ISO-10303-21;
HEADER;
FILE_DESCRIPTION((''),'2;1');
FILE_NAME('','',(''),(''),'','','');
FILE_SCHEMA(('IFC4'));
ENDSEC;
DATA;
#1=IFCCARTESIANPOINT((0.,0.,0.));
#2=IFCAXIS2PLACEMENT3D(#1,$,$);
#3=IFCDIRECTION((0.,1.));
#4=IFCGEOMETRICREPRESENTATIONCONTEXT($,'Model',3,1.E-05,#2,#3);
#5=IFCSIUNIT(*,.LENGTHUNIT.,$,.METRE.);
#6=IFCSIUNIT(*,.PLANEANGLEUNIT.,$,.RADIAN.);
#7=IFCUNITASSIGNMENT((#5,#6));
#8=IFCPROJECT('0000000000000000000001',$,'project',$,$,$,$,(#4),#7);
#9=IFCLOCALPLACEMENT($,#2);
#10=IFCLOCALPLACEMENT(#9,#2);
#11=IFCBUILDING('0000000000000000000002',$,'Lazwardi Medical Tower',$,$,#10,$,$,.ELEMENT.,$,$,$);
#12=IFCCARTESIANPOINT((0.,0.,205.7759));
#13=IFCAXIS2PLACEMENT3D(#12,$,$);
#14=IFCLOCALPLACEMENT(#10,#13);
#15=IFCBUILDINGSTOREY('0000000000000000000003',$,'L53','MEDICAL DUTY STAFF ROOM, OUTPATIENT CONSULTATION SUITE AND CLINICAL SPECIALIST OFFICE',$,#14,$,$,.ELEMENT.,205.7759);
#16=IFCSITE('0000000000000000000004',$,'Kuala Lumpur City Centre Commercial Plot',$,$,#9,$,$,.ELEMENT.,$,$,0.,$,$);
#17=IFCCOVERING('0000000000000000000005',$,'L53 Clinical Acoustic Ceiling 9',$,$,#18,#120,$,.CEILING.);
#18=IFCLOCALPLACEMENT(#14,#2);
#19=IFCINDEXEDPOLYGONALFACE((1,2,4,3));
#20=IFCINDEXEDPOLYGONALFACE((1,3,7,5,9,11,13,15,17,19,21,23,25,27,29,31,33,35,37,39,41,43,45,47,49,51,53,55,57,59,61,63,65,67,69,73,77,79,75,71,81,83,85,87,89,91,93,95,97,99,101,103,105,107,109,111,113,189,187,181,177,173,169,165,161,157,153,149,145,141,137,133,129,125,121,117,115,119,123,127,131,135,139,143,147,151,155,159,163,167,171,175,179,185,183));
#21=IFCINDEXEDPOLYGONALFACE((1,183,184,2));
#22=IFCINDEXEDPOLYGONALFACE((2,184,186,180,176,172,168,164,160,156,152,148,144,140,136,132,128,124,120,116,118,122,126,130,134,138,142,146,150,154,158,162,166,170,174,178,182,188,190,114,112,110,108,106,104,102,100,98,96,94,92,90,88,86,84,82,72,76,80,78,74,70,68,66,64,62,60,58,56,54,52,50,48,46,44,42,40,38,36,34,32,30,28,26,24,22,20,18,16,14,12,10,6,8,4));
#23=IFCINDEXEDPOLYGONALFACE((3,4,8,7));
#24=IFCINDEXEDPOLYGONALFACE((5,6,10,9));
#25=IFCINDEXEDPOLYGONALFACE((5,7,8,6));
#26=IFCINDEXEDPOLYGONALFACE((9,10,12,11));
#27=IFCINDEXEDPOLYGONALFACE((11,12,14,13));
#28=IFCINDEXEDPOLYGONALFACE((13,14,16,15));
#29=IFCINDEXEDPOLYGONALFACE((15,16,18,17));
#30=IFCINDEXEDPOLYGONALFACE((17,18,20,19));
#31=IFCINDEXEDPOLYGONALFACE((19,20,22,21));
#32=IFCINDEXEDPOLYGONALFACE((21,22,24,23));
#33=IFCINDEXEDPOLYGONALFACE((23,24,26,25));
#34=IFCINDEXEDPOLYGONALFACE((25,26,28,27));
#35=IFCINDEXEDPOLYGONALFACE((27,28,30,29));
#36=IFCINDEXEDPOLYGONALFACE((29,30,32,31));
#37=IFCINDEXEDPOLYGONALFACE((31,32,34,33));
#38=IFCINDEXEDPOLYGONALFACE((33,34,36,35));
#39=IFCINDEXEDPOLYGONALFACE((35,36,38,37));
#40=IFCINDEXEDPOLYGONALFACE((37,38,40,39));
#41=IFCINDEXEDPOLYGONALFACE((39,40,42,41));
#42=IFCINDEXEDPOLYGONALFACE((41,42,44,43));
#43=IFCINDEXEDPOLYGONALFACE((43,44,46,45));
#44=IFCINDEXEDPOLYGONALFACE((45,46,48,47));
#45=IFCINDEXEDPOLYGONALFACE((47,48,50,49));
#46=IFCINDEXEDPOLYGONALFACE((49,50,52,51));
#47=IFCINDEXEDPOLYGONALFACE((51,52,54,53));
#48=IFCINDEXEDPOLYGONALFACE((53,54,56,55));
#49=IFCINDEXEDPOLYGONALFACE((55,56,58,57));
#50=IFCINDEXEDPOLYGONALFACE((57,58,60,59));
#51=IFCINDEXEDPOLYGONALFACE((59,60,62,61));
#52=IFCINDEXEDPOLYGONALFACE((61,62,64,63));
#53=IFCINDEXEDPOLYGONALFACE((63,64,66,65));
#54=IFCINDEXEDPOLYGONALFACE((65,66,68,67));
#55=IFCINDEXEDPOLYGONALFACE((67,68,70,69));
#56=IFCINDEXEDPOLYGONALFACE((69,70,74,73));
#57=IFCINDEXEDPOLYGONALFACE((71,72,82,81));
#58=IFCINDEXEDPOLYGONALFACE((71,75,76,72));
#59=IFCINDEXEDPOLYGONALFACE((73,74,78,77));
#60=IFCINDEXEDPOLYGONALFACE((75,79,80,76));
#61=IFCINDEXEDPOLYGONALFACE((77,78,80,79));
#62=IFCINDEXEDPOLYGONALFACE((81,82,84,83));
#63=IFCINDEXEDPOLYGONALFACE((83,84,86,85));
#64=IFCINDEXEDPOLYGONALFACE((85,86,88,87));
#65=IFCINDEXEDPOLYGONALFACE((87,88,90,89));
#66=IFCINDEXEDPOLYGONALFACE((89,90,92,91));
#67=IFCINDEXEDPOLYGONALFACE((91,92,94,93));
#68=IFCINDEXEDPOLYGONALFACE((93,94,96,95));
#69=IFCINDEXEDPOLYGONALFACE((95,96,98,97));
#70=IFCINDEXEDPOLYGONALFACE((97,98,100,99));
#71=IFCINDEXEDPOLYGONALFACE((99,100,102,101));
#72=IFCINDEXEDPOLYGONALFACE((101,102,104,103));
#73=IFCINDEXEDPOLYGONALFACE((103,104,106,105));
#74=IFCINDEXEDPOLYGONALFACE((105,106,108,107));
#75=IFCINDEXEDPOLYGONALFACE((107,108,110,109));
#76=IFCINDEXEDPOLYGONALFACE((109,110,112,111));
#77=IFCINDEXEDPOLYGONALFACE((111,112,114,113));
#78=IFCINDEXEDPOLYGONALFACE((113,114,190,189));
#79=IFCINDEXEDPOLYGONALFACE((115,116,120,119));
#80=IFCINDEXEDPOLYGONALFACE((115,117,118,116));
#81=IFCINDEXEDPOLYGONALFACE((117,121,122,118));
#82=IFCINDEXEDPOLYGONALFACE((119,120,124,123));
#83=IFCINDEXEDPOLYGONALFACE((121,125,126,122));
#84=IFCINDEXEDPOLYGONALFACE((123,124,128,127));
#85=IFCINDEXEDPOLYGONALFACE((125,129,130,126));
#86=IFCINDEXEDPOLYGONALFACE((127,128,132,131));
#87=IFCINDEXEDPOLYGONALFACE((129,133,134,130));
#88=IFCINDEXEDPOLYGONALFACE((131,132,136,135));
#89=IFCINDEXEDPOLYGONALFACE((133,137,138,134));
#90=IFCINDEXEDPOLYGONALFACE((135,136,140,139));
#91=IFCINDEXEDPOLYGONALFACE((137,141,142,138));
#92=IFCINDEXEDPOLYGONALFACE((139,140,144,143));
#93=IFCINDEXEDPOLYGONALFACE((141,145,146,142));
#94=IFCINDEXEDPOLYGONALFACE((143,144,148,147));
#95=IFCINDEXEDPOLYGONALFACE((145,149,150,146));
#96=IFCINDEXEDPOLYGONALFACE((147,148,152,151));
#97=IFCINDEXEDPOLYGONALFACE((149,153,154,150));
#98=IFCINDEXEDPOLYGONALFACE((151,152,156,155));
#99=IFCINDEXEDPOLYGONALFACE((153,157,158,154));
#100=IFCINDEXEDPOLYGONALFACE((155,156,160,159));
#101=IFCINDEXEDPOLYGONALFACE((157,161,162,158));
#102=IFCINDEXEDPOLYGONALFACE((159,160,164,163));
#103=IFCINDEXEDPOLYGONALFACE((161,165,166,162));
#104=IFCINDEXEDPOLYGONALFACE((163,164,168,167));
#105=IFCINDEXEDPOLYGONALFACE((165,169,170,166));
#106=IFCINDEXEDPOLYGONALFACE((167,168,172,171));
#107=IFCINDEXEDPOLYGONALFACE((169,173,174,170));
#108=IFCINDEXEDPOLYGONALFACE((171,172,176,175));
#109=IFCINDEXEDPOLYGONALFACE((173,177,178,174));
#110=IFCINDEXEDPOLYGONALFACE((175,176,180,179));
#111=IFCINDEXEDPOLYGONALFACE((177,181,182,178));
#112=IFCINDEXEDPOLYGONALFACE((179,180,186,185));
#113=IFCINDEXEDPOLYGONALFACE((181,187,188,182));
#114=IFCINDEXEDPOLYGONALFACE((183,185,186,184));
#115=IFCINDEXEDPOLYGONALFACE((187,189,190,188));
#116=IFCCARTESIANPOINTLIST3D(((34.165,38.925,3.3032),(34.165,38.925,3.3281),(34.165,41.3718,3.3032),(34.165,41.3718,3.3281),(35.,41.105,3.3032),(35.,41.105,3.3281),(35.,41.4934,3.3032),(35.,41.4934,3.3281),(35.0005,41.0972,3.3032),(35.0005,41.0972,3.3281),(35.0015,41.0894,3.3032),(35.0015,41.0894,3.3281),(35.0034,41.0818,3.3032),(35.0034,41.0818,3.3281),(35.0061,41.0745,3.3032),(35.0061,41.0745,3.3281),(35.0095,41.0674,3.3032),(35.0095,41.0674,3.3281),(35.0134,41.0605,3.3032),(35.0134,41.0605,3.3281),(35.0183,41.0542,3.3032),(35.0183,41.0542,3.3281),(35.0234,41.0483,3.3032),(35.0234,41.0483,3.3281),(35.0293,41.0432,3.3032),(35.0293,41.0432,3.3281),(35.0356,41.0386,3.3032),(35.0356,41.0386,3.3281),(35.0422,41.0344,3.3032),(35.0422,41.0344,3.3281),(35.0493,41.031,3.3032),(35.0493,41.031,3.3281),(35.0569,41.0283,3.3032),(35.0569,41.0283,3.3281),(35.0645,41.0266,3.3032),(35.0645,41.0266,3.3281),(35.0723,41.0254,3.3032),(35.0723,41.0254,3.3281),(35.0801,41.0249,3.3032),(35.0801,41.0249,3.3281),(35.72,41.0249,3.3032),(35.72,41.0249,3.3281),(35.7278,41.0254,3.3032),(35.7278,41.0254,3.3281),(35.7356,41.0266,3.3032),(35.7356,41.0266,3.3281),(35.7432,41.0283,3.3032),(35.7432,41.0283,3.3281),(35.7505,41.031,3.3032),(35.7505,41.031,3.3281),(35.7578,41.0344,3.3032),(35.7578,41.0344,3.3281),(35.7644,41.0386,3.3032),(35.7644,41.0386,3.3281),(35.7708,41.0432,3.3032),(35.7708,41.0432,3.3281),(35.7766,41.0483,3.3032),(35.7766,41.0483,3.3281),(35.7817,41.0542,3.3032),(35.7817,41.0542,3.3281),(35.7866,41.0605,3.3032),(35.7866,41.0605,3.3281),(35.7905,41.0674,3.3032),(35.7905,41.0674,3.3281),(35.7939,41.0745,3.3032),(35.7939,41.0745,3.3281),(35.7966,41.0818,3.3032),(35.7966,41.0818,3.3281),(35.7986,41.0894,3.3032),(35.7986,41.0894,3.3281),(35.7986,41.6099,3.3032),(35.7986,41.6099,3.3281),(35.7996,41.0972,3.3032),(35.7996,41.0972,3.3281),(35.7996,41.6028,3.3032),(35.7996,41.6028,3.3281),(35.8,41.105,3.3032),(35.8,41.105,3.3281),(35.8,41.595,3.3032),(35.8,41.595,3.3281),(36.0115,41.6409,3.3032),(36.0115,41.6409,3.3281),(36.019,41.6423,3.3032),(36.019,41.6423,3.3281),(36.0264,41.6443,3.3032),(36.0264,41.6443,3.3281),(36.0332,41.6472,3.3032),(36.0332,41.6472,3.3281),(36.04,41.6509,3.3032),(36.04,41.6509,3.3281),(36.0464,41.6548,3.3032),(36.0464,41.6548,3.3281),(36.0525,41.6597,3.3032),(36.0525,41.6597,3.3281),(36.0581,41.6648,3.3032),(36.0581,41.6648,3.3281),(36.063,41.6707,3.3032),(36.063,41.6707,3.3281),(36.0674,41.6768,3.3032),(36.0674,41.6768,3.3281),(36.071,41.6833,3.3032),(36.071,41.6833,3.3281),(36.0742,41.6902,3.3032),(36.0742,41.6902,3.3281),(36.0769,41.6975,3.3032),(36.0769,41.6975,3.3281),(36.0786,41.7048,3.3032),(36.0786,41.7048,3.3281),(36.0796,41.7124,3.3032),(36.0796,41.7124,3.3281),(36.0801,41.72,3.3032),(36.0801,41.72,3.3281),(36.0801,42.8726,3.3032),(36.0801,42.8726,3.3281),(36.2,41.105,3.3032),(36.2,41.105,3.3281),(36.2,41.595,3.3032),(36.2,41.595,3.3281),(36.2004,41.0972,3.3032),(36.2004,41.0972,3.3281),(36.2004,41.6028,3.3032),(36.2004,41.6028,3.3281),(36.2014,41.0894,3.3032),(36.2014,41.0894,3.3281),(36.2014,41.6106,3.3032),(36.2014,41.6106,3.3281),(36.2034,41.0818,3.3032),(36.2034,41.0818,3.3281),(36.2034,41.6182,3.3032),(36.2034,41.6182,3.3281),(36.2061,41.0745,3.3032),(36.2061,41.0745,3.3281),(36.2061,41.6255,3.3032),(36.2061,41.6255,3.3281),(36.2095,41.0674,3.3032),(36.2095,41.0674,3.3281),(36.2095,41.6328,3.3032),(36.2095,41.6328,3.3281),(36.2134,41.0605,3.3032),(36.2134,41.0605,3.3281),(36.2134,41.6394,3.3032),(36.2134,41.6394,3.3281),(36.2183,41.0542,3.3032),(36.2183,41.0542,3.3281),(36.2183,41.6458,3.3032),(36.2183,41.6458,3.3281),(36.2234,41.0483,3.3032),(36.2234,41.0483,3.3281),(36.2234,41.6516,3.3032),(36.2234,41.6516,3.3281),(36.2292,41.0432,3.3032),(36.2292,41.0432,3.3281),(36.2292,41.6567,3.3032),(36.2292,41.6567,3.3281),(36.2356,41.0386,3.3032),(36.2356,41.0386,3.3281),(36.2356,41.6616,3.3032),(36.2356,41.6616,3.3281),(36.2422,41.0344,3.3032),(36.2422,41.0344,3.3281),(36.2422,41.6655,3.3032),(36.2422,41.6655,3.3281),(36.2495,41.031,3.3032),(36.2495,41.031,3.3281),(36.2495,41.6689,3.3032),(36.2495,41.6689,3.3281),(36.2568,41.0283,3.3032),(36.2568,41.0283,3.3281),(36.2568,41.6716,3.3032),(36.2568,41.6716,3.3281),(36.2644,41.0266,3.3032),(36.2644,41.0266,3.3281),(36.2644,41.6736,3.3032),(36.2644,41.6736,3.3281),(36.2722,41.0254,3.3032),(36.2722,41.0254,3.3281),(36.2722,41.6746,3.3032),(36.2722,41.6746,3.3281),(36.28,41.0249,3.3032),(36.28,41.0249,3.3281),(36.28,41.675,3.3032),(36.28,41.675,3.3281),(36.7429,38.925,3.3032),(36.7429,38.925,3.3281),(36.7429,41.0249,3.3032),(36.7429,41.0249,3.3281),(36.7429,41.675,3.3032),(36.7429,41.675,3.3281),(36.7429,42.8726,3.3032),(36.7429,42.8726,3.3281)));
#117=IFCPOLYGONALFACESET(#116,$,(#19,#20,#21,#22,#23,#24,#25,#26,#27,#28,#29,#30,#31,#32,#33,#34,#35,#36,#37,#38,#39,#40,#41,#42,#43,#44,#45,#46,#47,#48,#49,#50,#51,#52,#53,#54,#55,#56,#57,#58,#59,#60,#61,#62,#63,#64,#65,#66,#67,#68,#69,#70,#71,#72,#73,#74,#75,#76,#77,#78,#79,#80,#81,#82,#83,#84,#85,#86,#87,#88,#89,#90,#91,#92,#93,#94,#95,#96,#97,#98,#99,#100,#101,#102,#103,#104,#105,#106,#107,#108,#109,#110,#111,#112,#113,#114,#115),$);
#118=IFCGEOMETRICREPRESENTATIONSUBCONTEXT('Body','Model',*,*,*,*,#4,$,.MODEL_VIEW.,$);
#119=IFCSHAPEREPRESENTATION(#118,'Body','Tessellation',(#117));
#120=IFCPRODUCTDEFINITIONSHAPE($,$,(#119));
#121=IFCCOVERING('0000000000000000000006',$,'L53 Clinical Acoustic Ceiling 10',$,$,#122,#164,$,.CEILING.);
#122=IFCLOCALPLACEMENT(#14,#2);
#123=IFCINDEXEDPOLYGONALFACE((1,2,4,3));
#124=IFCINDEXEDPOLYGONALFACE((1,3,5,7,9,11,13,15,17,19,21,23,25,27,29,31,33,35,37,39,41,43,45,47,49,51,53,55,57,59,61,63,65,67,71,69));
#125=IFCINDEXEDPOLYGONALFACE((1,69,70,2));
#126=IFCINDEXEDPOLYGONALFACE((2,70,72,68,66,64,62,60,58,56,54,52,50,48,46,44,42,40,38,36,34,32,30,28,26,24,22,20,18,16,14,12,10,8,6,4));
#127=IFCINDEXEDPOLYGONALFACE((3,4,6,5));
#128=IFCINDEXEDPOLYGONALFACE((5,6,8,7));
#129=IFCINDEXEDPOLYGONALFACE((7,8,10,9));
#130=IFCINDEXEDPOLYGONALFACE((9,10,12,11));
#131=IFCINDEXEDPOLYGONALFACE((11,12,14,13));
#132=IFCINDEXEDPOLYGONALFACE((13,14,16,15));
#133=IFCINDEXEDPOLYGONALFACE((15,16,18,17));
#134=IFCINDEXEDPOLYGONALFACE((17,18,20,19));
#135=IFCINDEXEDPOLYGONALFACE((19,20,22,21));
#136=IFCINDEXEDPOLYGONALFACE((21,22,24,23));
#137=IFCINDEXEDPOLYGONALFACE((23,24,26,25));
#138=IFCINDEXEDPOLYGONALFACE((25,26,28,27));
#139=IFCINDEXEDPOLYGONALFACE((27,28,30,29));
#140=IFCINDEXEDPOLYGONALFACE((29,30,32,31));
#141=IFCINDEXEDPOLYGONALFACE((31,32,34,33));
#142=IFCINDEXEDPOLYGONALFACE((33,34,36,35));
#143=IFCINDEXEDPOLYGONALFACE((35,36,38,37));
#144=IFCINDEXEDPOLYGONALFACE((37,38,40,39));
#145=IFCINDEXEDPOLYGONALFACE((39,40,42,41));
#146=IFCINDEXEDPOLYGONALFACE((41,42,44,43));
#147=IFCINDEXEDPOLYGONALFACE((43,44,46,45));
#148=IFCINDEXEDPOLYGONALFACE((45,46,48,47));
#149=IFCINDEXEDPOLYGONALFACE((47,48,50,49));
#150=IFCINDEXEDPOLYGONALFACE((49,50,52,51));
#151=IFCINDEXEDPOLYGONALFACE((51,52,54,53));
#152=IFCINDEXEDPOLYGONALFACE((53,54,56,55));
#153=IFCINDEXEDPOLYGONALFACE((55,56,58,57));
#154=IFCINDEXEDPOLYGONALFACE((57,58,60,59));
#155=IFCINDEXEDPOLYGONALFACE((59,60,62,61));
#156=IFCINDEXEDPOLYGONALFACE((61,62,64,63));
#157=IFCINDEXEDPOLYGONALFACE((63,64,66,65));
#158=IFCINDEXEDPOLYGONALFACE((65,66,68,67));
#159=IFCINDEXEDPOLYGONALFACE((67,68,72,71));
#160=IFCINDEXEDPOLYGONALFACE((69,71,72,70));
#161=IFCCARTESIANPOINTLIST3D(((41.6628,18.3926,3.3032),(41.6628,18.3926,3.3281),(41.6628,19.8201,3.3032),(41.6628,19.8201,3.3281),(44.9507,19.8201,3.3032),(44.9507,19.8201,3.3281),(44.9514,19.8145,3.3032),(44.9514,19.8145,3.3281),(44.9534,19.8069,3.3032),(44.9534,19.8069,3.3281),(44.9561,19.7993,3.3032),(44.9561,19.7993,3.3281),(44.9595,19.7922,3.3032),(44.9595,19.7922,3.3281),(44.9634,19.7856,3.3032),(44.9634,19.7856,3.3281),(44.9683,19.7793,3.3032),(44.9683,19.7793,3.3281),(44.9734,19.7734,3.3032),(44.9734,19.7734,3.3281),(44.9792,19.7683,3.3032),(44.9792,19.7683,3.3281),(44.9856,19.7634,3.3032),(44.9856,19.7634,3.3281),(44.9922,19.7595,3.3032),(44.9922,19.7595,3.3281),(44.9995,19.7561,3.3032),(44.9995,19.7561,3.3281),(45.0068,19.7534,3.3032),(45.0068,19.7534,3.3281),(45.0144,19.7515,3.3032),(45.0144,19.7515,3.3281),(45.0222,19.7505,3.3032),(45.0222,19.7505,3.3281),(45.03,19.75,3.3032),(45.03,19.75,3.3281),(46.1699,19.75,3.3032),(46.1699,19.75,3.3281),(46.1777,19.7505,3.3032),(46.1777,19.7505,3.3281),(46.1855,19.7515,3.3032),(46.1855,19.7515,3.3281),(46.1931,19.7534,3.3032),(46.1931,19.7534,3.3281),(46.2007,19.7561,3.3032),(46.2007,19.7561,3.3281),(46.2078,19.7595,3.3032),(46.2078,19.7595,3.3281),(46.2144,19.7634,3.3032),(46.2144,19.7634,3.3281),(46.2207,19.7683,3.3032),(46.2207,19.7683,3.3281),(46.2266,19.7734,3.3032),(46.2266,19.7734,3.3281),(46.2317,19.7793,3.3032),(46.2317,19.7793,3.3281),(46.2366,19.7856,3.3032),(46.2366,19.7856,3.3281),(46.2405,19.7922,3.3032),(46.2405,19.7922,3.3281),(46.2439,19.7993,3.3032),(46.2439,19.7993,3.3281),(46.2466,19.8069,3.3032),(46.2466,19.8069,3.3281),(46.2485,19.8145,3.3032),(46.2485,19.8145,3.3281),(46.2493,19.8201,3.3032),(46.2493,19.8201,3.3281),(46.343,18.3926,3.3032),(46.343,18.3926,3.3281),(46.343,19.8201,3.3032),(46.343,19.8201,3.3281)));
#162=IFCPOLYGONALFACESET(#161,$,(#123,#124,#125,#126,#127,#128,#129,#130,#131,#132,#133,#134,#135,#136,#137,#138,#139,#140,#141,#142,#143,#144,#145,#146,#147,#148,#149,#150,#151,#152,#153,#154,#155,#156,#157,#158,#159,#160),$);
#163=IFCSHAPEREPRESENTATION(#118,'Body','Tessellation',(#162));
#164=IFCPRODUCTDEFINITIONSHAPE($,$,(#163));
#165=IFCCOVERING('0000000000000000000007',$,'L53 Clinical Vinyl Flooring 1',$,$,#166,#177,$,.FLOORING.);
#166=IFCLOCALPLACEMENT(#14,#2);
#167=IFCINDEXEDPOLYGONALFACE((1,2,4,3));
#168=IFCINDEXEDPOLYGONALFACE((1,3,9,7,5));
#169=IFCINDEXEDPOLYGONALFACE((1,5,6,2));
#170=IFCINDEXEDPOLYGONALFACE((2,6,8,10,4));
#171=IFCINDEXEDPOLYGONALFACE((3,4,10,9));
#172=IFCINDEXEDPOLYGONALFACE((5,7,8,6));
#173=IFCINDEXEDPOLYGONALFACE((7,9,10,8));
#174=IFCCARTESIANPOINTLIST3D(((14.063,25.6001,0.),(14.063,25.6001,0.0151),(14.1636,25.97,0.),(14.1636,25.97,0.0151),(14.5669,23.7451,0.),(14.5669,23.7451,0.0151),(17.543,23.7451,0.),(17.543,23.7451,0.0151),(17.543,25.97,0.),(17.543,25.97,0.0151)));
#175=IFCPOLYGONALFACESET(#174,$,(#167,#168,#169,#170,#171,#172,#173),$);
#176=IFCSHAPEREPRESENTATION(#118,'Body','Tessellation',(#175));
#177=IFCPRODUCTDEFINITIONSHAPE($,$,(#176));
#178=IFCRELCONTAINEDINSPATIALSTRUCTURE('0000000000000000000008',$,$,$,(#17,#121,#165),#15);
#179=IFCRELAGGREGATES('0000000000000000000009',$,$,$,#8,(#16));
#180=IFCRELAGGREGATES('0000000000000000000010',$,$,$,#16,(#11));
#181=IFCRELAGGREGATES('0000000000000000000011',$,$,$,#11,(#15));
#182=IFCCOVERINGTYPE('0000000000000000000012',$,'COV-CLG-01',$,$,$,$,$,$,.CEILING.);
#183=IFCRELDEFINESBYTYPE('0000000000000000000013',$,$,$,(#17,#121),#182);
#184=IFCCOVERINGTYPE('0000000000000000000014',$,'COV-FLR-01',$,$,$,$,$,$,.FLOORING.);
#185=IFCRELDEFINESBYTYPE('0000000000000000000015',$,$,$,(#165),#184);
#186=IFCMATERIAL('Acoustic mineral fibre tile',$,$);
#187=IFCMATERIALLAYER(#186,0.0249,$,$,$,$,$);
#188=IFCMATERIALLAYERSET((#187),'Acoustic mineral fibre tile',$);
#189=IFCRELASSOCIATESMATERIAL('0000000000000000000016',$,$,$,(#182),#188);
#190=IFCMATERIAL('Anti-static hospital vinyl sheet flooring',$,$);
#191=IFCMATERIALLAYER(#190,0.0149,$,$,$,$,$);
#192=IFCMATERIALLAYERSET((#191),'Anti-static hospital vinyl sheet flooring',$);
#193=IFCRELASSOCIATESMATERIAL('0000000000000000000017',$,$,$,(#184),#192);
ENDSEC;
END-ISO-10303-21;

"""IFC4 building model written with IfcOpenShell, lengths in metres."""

from ifc_helpers import new_model, si_unit, direction, frame, origin, place, context, subcontext, project, spatial, polyline, outline, extrude, material, layer, layer_set, type_object, element, save


model = new_model("IFC4")

# Units and contexts
model_context = context("Model", 3, precision=1e-05, world=origin(), true_north=direction((0.0, 1.0)))
body_context = subcontext(model_context, "Body", "Model", "MODEL_VIEW")
ifc_project = project(units=[si_unit("LENGTHUNIT", "METRE"), si_unit("PLANEANGLEUNIT", "RADIAN")], contexts=[model_context])

# Site, building, storey
site_placement = place(None, origin())
site = spatial("IfcSite", under=ifc_project, at=site_placement, Name="Kuala Lumpur City Centre Commercial Plot", CompositionType="ELEMENT", RefElevation=0.0)
building_placement = place(site_placement, origin())
building = spatial("IfcBuilding", under=site, at=building_placement, Name="Lazwardi Medical Tower", CompositionType="ELEMENT")
storey_placement = place(building_placement, frame((0.0, 0.0, 205.7759)))
storey = spatial("IfcBuildingStorey", under=building, at=storey_placement, Name="L53", Description="MEDICAL DUTY STAFF ROOM, OUTPATIENT CONSULTATION SUITE AND CLINICAL SPECIALIST OFFICE", CompositionType="ELEMENT", Elevation=205.7759)

# Coverings
ifc_material_1 = material(Name="Acoustic mineral fibre tile")
ifc_layer_1 = layer(ifc_material_1, 0.0249)
ifc_layer_set_1 = layer_set([ifc_layer_1], Name="Acoustic mineral fibre tile")
covering_type_1 = type_object("IfcCoveringType", Name="COV-CLG-01", PredefinedType="CEILING", material=ifc_layer_set_1)
covering_1_placement = place(storey_placement, frame((0.0, 0.0, 3.3032)))
element("IfcCovering", 1, at=covering_1_placement, inside=storey, type_object=covering_type_1, Name="L53 Clinical Acoustic Ceiling 9", PredefinedType="CEILING", context=body_context, shape_type="SweptSolid", body=[
    extrude(outline(polyline([(36.7429, 41.0249), (36.28, 41.0249), (36.2722, 41.0254), (36.2644, 41.0266), (36.2568, 41.0283), (36.2495, 41.031), (36.2422, 41.0344), (36.2356, 41.0386), (36.2292, 41.0432), (36.2234, 41.0483), (36.2183, 41.0542), (36.2134, 41.0605), (36.2095, 41.0674), (36.2061, 41.0745), (36.2034, 41.0818), (36.2014, 41.0894), (36.2004, 41.0972), (36.2, 41.105), (36.2, 41.595), (36.2004, 41.6028), (36.2014, 41.6106), (36.2034, 41.6182), (36.2061, 41.6255), (36.2095, 41.6328), (36.2134, 41.6394), (36.2183, 41.6458), (36.2234, 41.6516), (36.2292, 41.6567), (36.2356, 41.6616), (36.2422, 41.6655), (36.2495, 41.6689), (36.2568, 41.6716), (36.2644, 41.6736), (36.2722, 41.6746), (36.28, 41.675), (36.7429, 41.675), (36.7429, 42.8726), (36.0801, 42.8726), (36.0801, 41.72), (36.0796, 41.7124), (36.0786, 41.7048), (36.0769, 41.6975), (36.0742, 41.6902), (36.071, 41.6833), (36.0674, 41.6768), (36.063, 41.6707), (36.0581, 41.6648), (36.0525, 41.6597), (36.0464, 41.6548), (36.04, 41.6509), (36.0332, 41.6472), (36.0264, 41.6443), (36.019, 41.6423), (36.0115, 41.6409), (35.7986, 41.6099), (35.7996, 41.6028), (35.8, 41.595), (35.8, 41.105), (35.7996, 41.0972), (35.7986, 41.0894), (35.7966, 41.0818), (35.7939, 41.0745), (35.7905, 41.0674), (35.7866, 41.0605), (35.7817, 41.0542), (35.7766, 41.0483), (35.7708, 41.0432), (35.7644, 41.0386), (35.7578, 41.0344), (35.7505, 41.031), (35.7432, 41.0283), (35.7356, 41.0266), (35.7278, 41.0254), (35.72, 41.0249), (35.0801, 41.0249), (35.0723, 41.0254), (35.0645, 41.0266), (35.0569, 41.0283), (35.0493, 41.031), (35.0422, 41.0344), (35.0356, 41.0386), (35.0293, 41.0432), (35.0234, 41.0483), (35.0183, 41.0542), (35.0134, 41.0605), (35.0095, 41.0674), (35.0061, 41.0745), (35.0034, 41.0818), (35.0015, 41.0894), (35.0005, 41.0972), (35.0, 41.105), (35.0, 41.4934), (34.165, 41.3718), (34.165, 38.925), (36.7429, 38.925), (36.7429, 41.0249)])), origin(), (0.0, 0.0, 1.0), 0.0249),
])
covering_2_placement = place(storey_placement, frame((0.0, 0.0, 3.3032)))
element("IfcCovering", 2, at=covering_2_placement, inside=storey, type_object=covering_type_1, Name="L53 Clinical Acoustic Ceiling 10", PredefinedType="CEILING", context=body_context, shape_type="SweptSolid", body=[
    extrude(outline(polyline([(46.343, 19.8201), (46.2493, 19.8201), (46.2485, 19.8145), (46.2466, 19.8069), (46.2439, 19.7993), (46.2405, 19.7922), (46.2366, 19.7856), (46.2317, 19.7793), (46.2266, 19.7734), (46.2207, 19.7683), (46.2144, 19.7634), (46.2078, 19.7595), (46.2007, 19.7561), (46.1931, 19.7534), (46.1855, 19.7515), (46.1777, 19.7505), (46.1699, 19.75), (45.03, 19.75), (45.0222, 19.7505), (45.0144, 19.7515), (45.0068, 19.7534), (44.9995, 19.7561), (44.9922, 19.7595), (44.9856, 19.7634), (44.9792, 19.7683), (44.9734, 19.7734), (44.9683, 19.7793), (44.9634, 19.7856), (44.9595, 19.7922), (44.9561, 19.7993), (44.9534, 19.8069), (44.9514, 19.8145), (44.9507, 19.8201), (41.6628, 19.8201), (41.6628, 18.3926), (46.343, 18.3926), (46.343, 19.8201)])), origin(), (0.0, 0.0, 1.0), 0.0249),
])
ifc_material_2 = material(Name="Anti-static hospital vinyl sheet flooring")
ifc_layer_2 = layer(ifc_material_2, 0.0149)
ifc_layer_set_2 = layer_set([ifc_layer_2], Name="Anti-static hospital vinyl sheet flooring")
covering_type_2 = type_object("IfcCoveringType", Name="COV-FLR-01", PredefinedType="FLOORING", material=ifc_layer_set_2)
covering_3_placement = place(storey_placement, origin())
element("IfcCovering", 3, at=covering_3_placement, inside=storey, type_object=covering_type_2, Name="L53 Clinical Vinyl Flooring 1", PredefinedType="FLOORING", context=body_context, shape_type="SweptSolid", body=[
    extrude(outline(polyline([(17.543, 25.97), (14.1636, 25.97), (14.063, 25.6001), (14.5669, 23.7451), (17.543, 23.7451), (17.543, 25.97)])), origin(), (0.0, 0.0, 1.0), 0.0151),
])

save(model, "model.ifc")
